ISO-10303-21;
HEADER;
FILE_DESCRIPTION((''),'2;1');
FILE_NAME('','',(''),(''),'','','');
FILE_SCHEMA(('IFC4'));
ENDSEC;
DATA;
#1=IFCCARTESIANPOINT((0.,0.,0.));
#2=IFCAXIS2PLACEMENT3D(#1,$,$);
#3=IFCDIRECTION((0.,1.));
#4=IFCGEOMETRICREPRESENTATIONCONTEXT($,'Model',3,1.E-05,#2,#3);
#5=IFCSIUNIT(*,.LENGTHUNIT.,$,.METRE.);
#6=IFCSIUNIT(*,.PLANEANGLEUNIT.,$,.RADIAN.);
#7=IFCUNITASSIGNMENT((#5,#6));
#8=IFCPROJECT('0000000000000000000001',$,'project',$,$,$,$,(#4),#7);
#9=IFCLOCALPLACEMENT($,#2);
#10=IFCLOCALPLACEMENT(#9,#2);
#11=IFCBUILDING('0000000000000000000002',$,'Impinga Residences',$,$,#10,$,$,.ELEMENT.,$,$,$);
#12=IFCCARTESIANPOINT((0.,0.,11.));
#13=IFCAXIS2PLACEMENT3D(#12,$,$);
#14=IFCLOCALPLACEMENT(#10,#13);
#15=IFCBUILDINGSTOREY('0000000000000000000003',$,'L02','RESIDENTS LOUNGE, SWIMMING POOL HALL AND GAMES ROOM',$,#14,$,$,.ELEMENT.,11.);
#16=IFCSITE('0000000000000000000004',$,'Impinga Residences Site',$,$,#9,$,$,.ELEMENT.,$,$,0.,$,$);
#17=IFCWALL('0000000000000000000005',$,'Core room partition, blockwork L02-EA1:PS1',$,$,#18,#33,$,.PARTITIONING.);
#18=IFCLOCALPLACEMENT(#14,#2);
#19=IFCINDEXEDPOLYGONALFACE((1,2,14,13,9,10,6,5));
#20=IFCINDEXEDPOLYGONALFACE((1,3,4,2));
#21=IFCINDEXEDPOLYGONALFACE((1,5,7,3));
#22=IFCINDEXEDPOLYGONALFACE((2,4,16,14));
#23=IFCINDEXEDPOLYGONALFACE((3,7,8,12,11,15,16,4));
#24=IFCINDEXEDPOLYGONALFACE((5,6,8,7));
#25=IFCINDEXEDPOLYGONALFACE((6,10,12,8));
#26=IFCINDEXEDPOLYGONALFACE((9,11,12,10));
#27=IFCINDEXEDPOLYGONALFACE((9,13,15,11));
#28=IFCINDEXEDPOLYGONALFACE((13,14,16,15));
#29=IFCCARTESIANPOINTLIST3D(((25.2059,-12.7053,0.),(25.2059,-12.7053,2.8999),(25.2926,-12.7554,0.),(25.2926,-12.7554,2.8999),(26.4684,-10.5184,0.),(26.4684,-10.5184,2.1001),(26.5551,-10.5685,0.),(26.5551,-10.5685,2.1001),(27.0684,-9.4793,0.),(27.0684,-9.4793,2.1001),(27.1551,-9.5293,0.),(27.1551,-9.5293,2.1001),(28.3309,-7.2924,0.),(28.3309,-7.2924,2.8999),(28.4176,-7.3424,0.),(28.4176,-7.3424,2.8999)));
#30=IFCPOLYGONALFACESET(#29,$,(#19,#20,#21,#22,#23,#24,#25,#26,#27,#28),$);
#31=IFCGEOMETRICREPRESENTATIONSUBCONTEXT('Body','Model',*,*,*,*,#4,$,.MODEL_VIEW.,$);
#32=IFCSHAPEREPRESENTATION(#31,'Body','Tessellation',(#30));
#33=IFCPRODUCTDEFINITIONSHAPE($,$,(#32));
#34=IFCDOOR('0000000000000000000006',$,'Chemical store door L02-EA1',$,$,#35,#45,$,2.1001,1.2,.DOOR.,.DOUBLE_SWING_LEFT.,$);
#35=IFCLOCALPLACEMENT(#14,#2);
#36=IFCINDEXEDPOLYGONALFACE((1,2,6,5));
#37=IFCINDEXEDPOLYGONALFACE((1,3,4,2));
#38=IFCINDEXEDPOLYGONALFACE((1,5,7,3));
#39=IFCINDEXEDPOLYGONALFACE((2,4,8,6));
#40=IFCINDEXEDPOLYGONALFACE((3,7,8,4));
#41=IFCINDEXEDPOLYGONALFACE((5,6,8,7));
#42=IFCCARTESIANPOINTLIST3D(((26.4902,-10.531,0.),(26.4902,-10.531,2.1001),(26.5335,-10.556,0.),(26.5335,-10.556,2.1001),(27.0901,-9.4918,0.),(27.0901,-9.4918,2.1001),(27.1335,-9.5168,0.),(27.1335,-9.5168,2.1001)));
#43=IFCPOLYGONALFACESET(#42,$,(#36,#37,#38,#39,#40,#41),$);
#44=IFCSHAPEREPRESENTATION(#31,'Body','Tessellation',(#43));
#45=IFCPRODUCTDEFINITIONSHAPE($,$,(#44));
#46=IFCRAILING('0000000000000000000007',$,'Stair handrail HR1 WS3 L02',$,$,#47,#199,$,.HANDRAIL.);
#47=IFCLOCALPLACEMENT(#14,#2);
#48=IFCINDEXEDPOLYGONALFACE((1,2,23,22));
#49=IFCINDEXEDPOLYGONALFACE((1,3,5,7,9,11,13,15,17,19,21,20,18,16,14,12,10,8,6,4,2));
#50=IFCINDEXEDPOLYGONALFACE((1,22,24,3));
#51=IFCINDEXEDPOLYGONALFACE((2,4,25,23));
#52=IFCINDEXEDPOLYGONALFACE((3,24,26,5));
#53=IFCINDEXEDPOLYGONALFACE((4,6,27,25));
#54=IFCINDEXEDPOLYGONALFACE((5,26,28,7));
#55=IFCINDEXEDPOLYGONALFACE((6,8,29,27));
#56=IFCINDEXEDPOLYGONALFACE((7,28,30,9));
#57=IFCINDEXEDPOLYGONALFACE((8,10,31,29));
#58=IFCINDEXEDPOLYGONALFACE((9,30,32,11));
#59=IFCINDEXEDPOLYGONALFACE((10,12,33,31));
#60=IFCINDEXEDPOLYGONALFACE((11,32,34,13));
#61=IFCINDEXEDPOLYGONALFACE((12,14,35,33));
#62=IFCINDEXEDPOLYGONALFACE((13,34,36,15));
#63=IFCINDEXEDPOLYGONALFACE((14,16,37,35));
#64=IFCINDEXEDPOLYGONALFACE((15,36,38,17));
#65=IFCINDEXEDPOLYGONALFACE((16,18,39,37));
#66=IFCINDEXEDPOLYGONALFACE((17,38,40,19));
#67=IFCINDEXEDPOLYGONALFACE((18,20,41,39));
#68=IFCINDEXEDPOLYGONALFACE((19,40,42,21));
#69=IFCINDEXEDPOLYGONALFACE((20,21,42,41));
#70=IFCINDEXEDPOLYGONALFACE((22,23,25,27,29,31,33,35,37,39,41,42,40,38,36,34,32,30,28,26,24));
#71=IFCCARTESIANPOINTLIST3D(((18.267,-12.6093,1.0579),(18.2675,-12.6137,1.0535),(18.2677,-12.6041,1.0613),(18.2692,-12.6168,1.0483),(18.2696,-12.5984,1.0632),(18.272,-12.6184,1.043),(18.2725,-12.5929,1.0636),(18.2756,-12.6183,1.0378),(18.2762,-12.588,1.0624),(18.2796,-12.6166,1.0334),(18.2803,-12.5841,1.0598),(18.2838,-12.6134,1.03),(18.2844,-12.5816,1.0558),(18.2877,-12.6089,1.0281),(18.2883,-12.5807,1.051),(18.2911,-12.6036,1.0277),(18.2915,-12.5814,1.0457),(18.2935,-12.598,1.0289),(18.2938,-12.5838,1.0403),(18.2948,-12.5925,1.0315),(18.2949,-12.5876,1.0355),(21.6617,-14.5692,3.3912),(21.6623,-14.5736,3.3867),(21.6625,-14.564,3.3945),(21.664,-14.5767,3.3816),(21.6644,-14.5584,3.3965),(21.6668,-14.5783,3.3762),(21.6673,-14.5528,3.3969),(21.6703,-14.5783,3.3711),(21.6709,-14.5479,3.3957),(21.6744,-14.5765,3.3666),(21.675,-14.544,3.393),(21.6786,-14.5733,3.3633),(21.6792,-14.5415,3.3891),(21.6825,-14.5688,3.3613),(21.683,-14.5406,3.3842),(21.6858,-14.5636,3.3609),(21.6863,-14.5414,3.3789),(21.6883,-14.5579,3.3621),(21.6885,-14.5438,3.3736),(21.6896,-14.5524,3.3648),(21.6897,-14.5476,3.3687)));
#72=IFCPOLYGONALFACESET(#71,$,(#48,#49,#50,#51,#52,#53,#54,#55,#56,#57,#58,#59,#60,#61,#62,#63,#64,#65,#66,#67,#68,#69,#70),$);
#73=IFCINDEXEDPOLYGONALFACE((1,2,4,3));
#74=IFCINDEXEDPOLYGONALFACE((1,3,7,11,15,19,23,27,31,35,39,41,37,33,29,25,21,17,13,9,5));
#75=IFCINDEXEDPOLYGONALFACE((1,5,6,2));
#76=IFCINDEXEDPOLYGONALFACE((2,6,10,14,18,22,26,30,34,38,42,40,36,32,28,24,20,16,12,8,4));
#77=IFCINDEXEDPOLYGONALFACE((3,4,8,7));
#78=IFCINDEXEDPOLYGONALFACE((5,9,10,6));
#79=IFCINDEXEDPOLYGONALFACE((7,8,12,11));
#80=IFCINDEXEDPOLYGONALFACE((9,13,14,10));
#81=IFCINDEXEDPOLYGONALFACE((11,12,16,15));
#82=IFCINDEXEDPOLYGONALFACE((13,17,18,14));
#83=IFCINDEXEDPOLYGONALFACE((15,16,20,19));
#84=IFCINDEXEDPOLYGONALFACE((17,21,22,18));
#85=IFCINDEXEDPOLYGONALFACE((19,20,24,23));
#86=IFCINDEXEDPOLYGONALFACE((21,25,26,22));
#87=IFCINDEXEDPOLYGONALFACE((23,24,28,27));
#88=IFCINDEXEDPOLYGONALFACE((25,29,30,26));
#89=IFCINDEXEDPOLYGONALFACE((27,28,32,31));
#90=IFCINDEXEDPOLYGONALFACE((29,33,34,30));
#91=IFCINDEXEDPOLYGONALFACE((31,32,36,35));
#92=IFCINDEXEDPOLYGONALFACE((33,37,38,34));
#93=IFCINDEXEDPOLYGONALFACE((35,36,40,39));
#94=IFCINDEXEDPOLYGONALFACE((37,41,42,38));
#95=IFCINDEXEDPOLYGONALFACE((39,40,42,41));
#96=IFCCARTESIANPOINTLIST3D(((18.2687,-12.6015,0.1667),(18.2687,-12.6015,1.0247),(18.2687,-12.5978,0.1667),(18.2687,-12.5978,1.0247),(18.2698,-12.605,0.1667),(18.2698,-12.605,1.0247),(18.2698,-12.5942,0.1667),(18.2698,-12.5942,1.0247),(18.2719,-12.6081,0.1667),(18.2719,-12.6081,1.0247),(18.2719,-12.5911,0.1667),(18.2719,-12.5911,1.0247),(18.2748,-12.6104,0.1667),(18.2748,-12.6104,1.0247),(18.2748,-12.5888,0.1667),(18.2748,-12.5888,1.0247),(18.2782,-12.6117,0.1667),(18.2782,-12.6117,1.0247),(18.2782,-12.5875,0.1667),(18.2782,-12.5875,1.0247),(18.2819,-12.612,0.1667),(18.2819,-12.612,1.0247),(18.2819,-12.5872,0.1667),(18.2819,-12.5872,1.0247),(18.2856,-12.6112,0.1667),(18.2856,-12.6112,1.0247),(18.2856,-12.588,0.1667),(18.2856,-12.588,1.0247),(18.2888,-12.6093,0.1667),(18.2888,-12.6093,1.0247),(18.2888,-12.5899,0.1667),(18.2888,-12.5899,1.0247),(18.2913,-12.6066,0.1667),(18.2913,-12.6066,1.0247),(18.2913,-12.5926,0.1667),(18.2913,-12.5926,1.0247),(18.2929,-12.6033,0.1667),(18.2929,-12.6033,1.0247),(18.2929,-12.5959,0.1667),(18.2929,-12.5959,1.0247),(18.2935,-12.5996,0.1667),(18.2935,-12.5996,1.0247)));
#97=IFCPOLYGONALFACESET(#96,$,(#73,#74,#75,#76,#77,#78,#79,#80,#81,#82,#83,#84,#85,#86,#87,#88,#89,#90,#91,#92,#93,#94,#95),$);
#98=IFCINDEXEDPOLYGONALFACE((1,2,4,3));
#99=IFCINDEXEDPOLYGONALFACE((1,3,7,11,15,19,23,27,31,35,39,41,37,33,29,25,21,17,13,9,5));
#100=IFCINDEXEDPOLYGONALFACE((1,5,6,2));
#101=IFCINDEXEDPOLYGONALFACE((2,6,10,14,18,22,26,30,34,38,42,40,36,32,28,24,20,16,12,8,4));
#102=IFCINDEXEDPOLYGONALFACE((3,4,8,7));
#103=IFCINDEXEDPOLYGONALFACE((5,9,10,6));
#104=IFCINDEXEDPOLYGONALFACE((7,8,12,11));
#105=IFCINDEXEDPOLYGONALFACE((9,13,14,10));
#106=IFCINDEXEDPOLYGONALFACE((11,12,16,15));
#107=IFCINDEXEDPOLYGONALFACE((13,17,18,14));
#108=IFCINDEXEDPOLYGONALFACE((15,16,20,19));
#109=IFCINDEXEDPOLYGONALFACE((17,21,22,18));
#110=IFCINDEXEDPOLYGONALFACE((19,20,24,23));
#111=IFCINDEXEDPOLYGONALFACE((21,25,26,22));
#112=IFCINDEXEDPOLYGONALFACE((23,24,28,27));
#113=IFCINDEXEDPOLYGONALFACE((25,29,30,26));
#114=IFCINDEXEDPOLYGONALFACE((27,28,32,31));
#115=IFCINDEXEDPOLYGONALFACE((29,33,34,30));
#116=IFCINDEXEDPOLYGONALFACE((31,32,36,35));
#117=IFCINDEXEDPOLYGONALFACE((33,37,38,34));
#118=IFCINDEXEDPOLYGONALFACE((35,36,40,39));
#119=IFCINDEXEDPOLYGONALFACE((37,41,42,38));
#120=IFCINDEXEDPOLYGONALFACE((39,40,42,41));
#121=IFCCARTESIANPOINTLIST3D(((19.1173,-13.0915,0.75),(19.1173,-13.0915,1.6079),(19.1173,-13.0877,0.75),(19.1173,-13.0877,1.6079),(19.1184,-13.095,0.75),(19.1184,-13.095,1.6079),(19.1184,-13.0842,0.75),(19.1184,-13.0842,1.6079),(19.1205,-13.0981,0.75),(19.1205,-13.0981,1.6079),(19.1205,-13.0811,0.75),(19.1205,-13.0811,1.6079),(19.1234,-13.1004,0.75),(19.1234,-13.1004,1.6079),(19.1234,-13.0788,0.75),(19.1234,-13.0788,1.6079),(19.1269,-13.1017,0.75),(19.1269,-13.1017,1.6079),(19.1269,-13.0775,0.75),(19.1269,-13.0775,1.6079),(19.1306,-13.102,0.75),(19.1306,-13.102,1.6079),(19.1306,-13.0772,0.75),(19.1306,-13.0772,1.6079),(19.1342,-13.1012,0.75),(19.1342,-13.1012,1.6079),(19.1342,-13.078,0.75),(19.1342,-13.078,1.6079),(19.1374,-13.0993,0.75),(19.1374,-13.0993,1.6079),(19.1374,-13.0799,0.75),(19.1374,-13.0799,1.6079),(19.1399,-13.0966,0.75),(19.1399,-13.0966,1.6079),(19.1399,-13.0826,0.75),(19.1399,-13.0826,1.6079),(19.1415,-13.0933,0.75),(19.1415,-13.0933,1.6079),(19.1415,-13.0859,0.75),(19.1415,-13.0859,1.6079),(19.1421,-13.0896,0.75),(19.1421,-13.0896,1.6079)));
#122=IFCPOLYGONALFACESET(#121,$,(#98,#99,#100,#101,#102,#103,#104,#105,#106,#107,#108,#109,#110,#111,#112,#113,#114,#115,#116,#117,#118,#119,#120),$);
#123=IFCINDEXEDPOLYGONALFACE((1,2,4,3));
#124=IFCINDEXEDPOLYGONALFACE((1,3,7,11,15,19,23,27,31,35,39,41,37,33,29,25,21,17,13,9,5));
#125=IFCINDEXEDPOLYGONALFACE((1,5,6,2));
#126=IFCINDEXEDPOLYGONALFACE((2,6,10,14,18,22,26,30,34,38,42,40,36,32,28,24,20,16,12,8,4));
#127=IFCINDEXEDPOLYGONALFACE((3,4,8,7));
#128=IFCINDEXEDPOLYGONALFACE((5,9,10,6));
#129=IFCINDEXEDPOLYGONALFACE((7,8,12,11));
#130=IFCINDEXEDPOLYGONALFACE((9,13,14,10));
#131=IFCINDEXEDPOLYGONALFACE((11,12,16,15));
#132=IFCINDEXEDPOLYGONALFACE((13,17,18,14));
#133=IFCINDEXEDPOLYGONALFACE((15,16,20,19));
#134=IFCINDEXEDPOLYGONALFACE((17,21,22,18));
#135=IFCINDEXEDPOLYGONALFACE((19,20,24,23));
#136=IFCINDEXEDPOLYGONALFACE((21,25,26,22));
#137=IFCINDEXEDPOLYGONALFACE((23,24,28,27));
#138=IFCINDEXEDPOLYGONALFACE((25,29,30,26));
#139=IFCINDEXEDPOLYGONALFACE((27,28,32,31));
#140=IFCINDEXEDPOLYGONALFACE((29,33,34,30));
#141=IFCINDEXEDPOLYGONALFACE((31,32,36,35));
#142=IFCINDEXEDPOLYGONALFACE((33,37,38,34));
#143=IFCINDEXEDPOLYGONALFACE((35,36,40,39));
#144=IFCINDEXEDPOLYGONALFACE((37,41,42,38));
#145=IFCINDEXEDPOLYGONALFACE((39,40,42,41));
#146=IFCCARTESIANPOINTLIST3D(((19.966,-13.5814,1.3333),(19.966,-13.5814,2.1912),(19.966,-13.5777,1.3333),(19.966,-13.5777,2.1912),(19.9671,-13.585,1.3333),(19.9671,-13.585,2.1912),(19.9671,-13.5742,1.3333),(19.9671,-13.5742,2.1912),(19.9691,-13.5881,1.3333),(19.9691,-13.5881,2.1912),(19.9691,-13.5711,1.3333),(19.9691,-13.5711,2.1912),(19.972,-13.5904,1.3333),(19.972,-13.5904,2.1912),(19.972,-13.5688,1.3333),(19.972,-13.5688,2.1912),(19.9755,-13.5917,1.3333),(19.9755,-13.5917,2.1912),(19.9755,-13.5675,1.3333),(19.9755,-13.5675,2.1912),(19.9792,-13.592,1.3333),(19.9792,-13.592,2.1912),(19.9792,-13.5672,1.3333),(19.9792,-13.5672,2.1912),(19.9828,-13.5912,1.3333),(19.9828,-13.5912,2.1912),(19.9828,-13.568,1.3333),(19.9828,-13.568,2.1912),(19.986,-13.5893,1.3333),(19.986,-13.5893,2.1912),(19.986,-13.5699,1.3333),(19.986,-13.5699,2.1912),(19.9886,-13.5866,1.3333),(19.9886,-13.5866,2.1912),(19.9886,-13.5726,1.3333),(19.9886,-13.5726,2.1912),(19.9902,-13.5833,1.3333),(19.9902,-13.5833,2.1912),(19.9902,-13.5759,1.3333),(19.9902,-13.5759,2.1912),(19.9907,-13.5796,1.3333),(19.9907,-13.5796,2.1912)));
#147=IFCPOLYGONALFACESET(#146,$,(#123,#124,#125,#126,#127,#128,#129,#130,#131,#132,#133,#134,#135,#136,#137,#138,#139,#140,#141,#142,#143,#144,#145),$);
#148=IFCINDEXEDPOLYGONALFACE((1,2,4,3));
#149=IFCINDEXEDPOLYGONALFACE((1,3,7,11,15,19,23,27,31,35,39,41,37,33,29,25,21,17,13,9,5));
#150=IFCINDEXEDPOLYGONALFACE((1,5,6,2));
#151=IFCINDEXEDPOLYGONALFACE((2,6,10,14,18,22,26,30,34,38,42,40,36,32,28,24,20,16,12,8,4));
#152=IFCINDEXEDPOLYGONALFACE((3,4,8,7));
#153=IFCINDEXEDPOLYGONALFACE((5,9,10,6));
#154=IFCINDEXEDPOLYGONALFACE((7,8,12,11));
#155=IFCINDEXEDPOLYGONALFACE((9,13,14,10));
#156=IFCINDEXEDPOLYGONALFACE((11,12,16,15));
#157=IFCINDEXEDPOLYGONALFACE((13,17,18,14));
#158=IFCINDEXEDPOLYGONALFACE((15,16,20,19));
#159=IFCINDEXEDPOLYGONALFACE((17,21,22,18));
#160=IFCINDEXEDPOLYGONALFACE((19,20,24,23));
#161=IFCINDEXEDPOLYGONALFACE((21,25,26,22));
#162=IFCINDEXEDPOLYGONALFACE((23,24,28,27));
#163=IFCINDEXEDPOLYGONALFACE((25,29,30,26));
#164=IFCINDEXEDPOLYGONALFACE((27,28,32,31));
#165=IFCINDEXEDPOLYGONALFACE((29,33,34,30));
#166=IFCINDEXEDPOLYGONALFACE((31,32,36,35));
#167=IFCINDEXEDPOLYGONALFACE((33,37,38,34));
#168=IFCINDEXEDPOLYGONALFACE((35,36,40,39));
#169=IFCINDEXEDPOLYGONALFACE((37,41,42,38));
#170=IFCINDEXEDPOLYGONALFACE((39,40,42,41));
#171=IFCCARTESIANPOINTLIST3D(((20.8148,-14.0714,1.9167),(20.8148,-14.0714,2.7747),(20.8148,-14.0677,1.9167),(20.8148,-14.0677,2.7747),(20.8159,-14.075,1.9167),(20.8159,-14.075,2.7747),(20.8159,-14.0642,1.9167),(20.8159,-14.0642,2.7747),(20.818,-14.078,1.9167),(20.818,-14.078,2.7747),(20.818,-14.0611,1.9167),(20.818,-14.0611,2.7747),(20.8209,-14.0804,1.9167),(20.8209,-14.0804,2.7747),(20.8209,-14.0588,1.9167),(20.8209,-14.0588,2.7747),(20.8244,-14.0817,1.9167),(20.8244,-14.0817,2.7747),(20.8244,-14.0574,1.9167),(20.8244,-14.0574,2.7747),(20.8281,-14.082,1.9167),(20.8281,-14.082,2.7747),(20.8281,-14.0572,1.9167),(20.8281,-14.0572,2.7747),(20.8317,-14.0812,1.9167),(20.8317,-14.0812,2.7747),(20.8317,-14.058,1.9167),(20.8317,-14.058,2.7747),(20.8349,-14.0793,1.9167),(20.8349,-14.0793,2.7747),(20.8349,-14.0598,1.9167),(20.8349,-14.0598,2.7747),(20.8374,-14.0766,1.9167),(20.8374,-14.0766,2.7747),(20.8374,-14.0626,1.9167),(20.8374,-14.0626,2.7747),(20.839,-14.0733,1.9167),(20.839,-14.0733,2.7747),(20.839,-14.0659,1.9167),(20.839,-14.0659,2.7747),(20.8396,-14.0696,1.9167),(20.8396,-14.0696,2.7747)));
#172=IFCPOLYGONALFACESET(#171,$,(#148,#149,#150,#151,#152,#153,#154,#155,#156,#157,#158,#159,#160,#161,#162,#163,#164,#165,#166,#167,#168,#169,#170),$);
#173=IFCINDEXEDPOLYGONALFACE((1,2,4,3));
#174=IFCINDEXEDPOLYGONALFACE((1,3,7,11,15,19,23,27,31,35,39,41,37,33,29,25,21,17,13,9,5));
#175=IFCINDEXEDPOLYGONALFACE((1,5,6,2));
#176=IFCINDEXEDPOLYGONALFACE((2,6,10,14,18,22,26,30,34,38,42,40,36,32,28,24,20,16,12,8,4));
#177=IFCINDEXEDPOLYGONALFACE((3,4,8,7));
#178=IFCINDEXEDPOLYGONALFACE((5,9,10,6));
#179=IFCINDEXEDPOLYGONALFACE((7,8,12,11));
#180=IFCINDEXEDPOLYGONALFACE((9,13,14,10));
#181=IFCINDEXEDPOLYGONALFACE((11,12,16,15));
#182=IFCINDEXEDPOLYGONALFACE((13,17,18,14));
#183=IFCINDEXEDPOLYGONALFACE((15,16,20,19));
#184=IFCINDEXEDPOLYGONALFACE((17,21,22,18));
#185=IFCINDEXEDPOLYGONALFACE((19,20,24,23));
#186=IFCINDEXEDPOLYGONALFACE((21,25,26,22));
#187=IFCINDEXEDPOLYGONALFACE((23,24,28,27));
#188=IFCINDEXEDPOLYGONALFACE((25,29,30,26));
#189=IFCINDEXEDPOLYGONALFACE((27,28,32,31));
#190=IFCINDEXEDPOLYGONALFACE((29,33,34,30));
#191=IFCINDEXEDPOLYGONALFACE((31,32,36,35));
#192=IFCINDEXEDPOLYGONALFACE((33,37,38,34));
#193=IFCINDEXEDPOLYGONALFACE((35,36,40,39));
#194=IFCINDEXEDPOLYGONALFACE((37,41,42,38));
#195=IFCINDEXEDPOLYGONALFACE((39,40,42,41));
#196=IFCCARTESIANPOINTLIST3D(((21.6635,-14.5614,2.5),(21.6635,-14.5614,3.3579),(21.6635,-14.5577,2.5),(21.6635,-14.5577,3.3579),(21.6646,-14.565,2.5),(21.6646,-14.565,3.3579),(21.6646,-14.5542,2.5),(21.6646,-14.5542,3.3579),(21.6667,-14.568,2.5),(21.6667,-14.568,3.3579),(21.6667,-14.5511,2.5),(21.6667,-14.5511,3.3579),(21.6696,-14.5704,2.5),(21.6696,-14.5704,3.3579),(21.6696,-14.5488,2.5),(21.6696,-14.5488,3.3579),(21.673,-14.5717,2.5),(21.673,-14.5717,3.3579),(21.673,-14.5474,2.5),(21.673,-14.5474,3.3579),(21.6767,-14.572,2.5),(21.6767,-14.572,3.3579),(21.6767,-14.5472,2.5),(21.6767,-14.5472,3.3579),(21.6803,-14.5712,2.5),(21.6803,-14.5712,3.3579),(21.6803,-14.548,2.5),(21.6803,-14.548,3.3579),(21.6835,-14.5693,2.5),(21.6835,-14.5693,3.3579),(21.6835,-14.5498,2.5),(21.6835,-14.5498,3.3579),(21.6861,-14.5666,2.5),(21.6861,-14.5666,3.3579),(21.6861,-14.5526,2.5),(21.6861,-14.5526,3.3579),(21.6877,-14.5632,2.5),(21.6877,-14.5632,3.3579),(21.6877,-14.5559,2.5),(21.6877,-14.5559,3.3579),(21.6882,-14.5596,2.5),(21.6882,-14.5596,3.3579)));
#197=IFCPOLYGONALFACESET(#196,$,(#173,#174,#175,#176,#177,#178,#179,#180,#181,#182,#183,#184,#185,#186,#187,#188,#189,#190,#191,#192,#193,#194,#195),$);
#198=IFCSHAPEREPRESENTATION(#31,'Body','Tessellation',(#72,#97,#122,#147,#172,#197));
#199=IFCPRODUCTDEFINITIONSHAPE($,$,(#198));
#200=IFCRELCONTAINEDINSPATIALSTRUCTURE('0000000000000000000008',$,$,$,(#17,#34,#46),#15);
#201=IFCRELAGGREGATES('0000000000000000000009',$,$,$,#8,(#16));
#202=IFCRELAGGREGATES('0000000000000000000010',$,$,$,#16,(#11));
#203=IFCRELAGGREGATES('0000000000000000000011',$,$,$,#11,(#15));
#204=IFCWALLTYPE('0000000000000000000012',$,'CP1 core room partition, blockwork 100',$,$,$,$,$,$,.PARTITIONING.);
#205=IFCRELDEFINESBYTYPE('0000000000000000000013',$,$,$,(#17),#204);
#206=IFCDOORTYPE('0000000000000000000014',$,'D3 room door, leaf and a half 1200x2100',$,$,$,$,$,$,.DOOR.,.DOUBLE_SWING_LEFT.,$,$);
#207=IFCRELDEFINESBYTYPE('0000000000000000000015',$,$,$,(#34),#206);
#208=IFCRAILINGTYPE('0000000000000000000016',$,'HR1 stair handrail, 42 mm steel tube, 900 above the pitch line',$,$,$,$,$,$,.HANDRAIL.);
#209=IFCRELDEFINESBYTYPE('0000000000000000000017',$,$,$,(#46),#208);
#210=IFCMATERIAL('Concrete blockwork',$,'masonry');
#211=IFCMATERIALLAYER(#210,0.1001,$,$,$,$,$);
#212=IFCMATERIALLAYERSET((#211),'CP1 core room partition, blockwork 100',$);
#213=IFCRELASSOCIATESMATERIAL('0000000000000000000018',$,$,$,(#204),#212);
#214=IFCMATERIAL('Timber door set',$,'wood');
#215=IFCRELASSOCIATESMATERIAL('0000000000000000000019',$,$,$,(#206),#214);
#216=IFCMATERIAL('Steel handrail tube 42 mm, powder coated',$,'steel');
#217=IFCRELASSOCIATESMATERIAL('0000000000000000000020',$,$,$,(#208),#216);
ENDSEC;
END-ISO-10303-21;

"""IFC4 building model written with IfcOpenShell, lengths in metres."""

from ifc_helpers import new_model, si_unit, direction, frame, frame_2d, origin, origin_2d, place, context, subcontext, project, spatial, rectangle, circle, extrude, material, layer, layer_set, type_object, element, fill, save


model = new_model("IFC4")

# Units and contexts
model_context = context("Model", 3, precision=1e-05, world=origin(), true_north=direction((0.0, 1.0)))
body_context = subcontext(model_context, "Body", "Model", "MODEL_VIEW")
ifc_project = project(units=[si_unit("LENGTHUNIT", "METRE"), si_unit("PLANEANGLEUNIT", "RADIAN")], contexts=[model_context])

# Site, building, storey
site_placement = place(None, origin())
site = spatial("IfcSite", under=ifc_project, at=site_placement, Name="Impinga Residences Site", CompositionType="ELEMENT", RefElevation=0.0)
building_placement = place(site_placement, origin())
building = spatial("IfcBuilding", under=site, at=building_placement, Name="Impinga Residences", CompositionType="ELEMENT")
storey_placement = place(building_placement, frame((0.0, 0.0, 11.0)))
storey = spatial("IfcBuildingStorey", under=building, at=storey_placement, Name="L02", Description="RESIDENTS LOUNGE, SWIMMING POOL HALL AND GAMES ROOM", CompositionType="ELEMENT", Elevation=11.0)

# Wall, opening, door
ifc_material_1 = material(Name="Concrete blockwork", Category="masonry")
ifc_layer = layer(ifc_material_1, 0.1001)
ifc_layer_set = layer_set([ifc_layer], Name="CP1 core room partition, blockwork 100")
wall_type = type_object("IfcWallType", Name="CP1 core room partition, blockwork 100", PredefinedType="PARTITIONING", material=ifc_layer_set)
wall_placement = place(storey_placement, frame((25.2493, -12.7302, 0.0), z_axis=(0.0, 0.0, 1.0), x_axis=(0.499987, 0.866033, 0.0)))
wall = element("IfcWall", 1, at=wall_placement, inside=storey, type_object=wall_type, Name="Core room partition, blockwork L02-EA1:PS1", PredefinedType="PARTITIONING", context=body_context, shape_type="SweptSolid", body=[
    extrude(rectangle(XDim=6.2502, YDim=0.1001, at=frame_2d((3.125, 0.0))), origin(), (0.0, 0.0, 1.0), 2.8999),
])
opening_placement = place(wall_placement, frame((2.5249, 0.0, 0.0)))
opening = element("IfcOpeningElement", 2, at=opening_placement, cuts=wall, PredefinedType="OPENING", context=body_context, shape_type="SweptSolid", body=[
    extrude(rectangle(XDim=1.2, YDim=2.1001, at=frame_2d((0.6001, 1.05))), frame((0.0, 0.0601, 0.0), z_axis=(0.0, -1.0, 0.0), x_axis=(1.0, 0.0, 0.0)), (0.0, 0.0, 1.0), 0.1201),
])
ifc_material_2 = material(Name="Timber door set", Category="wood")
door_type = type_object("IfcDoorType", Name="D3 room door, leaf and a half 1200x2100", OperationType="DOUBLE_SWING_LEFT", PredefinedType="DOOR", material=ifc_material_2)
door_placement = place(opening_placement, origin())
door = element("IfcDoor", 3, at=door_placement, inside=storey, type_object=door_type, Name="Chemical store door L02-EA1", OperationType="DOUBLE_SWING_LEFT", OverallHeight=2.1001, OverallWidth=1.2, PredefinedType="DOOR", context=body_context, shape_type="SweptSolid", body=[
    extrude(rectangle(XDim=1.2, YDim=2.1001, at=frame_2d((0.6001, 1.05))), frame((0.0, 0.0249, 0.0), z_axis=(0.0, -1.0, 0.0), x_axis=(1.0, 0.0, 0.0)), (0.0, 0.0, 1.0), 0.05),
])
fill(opening, door)

# Railing
ifc_material_3 = material(Name="Steel handrail tube 42 mm, powder coated", Category="steel")
railing_type = type_object("IfcRailingType", Name="HR1 stair handrail, 42 mm steel tube, 900 above the pitch line", PredefinedType="HANDRAIL", material=ifc_material_3)
railing_placement = place(storey_placement, frame((18.281, -12.5996, 0.1667)))
element("IfcRailing", 4, at=railing_placement, inside=storey, type_object=railing_type, Name="Stair handrail HR1 WS3 L02", PredefinedType="HANDRAIL", context=body_context, shape_type="SweptSolid", body=[
    extrude(circle(Radius=0.021, at=origin_2d()), frame((0.0, 0.0, 0.8789), z_axis=(0.744175, -0.429646, 0.511476), x_axis=(0.499997, 0.866027, 0.0)), (0.0, 0.0, 1.0), 4.5618),
    extrude(circle(Radius=0.0125, at=origin_2d()), origin(), (0.0, 0.0, 1.0), 0.8579),
    extrude(circle(Radius=0.0125, at=origin_2d()), frame((0.8486, -0.49, 0.5833)), (0.0, 0.0, 1.0), 0.8579),
    extrude(circle(Radius=0.0125, at=origin_2d()), frame((1.6973, -0.98, 1.1665)), (0.0, 0.0, 1.0), 0.8579),
    extrude(circle(Radius=0.0125, at=origin_2d()), frame((2.5461, -1.47, 1.75)), (0.0, 0.0, 1.0), 0.8579),
    extrude(circle(Radius=0.0125, at=origin_2d()), frame((3.3948, -1.96, 2.3333)), (0.0, 0.0, 1.0), 0.8579),
])

save(model, "model.ifc")
